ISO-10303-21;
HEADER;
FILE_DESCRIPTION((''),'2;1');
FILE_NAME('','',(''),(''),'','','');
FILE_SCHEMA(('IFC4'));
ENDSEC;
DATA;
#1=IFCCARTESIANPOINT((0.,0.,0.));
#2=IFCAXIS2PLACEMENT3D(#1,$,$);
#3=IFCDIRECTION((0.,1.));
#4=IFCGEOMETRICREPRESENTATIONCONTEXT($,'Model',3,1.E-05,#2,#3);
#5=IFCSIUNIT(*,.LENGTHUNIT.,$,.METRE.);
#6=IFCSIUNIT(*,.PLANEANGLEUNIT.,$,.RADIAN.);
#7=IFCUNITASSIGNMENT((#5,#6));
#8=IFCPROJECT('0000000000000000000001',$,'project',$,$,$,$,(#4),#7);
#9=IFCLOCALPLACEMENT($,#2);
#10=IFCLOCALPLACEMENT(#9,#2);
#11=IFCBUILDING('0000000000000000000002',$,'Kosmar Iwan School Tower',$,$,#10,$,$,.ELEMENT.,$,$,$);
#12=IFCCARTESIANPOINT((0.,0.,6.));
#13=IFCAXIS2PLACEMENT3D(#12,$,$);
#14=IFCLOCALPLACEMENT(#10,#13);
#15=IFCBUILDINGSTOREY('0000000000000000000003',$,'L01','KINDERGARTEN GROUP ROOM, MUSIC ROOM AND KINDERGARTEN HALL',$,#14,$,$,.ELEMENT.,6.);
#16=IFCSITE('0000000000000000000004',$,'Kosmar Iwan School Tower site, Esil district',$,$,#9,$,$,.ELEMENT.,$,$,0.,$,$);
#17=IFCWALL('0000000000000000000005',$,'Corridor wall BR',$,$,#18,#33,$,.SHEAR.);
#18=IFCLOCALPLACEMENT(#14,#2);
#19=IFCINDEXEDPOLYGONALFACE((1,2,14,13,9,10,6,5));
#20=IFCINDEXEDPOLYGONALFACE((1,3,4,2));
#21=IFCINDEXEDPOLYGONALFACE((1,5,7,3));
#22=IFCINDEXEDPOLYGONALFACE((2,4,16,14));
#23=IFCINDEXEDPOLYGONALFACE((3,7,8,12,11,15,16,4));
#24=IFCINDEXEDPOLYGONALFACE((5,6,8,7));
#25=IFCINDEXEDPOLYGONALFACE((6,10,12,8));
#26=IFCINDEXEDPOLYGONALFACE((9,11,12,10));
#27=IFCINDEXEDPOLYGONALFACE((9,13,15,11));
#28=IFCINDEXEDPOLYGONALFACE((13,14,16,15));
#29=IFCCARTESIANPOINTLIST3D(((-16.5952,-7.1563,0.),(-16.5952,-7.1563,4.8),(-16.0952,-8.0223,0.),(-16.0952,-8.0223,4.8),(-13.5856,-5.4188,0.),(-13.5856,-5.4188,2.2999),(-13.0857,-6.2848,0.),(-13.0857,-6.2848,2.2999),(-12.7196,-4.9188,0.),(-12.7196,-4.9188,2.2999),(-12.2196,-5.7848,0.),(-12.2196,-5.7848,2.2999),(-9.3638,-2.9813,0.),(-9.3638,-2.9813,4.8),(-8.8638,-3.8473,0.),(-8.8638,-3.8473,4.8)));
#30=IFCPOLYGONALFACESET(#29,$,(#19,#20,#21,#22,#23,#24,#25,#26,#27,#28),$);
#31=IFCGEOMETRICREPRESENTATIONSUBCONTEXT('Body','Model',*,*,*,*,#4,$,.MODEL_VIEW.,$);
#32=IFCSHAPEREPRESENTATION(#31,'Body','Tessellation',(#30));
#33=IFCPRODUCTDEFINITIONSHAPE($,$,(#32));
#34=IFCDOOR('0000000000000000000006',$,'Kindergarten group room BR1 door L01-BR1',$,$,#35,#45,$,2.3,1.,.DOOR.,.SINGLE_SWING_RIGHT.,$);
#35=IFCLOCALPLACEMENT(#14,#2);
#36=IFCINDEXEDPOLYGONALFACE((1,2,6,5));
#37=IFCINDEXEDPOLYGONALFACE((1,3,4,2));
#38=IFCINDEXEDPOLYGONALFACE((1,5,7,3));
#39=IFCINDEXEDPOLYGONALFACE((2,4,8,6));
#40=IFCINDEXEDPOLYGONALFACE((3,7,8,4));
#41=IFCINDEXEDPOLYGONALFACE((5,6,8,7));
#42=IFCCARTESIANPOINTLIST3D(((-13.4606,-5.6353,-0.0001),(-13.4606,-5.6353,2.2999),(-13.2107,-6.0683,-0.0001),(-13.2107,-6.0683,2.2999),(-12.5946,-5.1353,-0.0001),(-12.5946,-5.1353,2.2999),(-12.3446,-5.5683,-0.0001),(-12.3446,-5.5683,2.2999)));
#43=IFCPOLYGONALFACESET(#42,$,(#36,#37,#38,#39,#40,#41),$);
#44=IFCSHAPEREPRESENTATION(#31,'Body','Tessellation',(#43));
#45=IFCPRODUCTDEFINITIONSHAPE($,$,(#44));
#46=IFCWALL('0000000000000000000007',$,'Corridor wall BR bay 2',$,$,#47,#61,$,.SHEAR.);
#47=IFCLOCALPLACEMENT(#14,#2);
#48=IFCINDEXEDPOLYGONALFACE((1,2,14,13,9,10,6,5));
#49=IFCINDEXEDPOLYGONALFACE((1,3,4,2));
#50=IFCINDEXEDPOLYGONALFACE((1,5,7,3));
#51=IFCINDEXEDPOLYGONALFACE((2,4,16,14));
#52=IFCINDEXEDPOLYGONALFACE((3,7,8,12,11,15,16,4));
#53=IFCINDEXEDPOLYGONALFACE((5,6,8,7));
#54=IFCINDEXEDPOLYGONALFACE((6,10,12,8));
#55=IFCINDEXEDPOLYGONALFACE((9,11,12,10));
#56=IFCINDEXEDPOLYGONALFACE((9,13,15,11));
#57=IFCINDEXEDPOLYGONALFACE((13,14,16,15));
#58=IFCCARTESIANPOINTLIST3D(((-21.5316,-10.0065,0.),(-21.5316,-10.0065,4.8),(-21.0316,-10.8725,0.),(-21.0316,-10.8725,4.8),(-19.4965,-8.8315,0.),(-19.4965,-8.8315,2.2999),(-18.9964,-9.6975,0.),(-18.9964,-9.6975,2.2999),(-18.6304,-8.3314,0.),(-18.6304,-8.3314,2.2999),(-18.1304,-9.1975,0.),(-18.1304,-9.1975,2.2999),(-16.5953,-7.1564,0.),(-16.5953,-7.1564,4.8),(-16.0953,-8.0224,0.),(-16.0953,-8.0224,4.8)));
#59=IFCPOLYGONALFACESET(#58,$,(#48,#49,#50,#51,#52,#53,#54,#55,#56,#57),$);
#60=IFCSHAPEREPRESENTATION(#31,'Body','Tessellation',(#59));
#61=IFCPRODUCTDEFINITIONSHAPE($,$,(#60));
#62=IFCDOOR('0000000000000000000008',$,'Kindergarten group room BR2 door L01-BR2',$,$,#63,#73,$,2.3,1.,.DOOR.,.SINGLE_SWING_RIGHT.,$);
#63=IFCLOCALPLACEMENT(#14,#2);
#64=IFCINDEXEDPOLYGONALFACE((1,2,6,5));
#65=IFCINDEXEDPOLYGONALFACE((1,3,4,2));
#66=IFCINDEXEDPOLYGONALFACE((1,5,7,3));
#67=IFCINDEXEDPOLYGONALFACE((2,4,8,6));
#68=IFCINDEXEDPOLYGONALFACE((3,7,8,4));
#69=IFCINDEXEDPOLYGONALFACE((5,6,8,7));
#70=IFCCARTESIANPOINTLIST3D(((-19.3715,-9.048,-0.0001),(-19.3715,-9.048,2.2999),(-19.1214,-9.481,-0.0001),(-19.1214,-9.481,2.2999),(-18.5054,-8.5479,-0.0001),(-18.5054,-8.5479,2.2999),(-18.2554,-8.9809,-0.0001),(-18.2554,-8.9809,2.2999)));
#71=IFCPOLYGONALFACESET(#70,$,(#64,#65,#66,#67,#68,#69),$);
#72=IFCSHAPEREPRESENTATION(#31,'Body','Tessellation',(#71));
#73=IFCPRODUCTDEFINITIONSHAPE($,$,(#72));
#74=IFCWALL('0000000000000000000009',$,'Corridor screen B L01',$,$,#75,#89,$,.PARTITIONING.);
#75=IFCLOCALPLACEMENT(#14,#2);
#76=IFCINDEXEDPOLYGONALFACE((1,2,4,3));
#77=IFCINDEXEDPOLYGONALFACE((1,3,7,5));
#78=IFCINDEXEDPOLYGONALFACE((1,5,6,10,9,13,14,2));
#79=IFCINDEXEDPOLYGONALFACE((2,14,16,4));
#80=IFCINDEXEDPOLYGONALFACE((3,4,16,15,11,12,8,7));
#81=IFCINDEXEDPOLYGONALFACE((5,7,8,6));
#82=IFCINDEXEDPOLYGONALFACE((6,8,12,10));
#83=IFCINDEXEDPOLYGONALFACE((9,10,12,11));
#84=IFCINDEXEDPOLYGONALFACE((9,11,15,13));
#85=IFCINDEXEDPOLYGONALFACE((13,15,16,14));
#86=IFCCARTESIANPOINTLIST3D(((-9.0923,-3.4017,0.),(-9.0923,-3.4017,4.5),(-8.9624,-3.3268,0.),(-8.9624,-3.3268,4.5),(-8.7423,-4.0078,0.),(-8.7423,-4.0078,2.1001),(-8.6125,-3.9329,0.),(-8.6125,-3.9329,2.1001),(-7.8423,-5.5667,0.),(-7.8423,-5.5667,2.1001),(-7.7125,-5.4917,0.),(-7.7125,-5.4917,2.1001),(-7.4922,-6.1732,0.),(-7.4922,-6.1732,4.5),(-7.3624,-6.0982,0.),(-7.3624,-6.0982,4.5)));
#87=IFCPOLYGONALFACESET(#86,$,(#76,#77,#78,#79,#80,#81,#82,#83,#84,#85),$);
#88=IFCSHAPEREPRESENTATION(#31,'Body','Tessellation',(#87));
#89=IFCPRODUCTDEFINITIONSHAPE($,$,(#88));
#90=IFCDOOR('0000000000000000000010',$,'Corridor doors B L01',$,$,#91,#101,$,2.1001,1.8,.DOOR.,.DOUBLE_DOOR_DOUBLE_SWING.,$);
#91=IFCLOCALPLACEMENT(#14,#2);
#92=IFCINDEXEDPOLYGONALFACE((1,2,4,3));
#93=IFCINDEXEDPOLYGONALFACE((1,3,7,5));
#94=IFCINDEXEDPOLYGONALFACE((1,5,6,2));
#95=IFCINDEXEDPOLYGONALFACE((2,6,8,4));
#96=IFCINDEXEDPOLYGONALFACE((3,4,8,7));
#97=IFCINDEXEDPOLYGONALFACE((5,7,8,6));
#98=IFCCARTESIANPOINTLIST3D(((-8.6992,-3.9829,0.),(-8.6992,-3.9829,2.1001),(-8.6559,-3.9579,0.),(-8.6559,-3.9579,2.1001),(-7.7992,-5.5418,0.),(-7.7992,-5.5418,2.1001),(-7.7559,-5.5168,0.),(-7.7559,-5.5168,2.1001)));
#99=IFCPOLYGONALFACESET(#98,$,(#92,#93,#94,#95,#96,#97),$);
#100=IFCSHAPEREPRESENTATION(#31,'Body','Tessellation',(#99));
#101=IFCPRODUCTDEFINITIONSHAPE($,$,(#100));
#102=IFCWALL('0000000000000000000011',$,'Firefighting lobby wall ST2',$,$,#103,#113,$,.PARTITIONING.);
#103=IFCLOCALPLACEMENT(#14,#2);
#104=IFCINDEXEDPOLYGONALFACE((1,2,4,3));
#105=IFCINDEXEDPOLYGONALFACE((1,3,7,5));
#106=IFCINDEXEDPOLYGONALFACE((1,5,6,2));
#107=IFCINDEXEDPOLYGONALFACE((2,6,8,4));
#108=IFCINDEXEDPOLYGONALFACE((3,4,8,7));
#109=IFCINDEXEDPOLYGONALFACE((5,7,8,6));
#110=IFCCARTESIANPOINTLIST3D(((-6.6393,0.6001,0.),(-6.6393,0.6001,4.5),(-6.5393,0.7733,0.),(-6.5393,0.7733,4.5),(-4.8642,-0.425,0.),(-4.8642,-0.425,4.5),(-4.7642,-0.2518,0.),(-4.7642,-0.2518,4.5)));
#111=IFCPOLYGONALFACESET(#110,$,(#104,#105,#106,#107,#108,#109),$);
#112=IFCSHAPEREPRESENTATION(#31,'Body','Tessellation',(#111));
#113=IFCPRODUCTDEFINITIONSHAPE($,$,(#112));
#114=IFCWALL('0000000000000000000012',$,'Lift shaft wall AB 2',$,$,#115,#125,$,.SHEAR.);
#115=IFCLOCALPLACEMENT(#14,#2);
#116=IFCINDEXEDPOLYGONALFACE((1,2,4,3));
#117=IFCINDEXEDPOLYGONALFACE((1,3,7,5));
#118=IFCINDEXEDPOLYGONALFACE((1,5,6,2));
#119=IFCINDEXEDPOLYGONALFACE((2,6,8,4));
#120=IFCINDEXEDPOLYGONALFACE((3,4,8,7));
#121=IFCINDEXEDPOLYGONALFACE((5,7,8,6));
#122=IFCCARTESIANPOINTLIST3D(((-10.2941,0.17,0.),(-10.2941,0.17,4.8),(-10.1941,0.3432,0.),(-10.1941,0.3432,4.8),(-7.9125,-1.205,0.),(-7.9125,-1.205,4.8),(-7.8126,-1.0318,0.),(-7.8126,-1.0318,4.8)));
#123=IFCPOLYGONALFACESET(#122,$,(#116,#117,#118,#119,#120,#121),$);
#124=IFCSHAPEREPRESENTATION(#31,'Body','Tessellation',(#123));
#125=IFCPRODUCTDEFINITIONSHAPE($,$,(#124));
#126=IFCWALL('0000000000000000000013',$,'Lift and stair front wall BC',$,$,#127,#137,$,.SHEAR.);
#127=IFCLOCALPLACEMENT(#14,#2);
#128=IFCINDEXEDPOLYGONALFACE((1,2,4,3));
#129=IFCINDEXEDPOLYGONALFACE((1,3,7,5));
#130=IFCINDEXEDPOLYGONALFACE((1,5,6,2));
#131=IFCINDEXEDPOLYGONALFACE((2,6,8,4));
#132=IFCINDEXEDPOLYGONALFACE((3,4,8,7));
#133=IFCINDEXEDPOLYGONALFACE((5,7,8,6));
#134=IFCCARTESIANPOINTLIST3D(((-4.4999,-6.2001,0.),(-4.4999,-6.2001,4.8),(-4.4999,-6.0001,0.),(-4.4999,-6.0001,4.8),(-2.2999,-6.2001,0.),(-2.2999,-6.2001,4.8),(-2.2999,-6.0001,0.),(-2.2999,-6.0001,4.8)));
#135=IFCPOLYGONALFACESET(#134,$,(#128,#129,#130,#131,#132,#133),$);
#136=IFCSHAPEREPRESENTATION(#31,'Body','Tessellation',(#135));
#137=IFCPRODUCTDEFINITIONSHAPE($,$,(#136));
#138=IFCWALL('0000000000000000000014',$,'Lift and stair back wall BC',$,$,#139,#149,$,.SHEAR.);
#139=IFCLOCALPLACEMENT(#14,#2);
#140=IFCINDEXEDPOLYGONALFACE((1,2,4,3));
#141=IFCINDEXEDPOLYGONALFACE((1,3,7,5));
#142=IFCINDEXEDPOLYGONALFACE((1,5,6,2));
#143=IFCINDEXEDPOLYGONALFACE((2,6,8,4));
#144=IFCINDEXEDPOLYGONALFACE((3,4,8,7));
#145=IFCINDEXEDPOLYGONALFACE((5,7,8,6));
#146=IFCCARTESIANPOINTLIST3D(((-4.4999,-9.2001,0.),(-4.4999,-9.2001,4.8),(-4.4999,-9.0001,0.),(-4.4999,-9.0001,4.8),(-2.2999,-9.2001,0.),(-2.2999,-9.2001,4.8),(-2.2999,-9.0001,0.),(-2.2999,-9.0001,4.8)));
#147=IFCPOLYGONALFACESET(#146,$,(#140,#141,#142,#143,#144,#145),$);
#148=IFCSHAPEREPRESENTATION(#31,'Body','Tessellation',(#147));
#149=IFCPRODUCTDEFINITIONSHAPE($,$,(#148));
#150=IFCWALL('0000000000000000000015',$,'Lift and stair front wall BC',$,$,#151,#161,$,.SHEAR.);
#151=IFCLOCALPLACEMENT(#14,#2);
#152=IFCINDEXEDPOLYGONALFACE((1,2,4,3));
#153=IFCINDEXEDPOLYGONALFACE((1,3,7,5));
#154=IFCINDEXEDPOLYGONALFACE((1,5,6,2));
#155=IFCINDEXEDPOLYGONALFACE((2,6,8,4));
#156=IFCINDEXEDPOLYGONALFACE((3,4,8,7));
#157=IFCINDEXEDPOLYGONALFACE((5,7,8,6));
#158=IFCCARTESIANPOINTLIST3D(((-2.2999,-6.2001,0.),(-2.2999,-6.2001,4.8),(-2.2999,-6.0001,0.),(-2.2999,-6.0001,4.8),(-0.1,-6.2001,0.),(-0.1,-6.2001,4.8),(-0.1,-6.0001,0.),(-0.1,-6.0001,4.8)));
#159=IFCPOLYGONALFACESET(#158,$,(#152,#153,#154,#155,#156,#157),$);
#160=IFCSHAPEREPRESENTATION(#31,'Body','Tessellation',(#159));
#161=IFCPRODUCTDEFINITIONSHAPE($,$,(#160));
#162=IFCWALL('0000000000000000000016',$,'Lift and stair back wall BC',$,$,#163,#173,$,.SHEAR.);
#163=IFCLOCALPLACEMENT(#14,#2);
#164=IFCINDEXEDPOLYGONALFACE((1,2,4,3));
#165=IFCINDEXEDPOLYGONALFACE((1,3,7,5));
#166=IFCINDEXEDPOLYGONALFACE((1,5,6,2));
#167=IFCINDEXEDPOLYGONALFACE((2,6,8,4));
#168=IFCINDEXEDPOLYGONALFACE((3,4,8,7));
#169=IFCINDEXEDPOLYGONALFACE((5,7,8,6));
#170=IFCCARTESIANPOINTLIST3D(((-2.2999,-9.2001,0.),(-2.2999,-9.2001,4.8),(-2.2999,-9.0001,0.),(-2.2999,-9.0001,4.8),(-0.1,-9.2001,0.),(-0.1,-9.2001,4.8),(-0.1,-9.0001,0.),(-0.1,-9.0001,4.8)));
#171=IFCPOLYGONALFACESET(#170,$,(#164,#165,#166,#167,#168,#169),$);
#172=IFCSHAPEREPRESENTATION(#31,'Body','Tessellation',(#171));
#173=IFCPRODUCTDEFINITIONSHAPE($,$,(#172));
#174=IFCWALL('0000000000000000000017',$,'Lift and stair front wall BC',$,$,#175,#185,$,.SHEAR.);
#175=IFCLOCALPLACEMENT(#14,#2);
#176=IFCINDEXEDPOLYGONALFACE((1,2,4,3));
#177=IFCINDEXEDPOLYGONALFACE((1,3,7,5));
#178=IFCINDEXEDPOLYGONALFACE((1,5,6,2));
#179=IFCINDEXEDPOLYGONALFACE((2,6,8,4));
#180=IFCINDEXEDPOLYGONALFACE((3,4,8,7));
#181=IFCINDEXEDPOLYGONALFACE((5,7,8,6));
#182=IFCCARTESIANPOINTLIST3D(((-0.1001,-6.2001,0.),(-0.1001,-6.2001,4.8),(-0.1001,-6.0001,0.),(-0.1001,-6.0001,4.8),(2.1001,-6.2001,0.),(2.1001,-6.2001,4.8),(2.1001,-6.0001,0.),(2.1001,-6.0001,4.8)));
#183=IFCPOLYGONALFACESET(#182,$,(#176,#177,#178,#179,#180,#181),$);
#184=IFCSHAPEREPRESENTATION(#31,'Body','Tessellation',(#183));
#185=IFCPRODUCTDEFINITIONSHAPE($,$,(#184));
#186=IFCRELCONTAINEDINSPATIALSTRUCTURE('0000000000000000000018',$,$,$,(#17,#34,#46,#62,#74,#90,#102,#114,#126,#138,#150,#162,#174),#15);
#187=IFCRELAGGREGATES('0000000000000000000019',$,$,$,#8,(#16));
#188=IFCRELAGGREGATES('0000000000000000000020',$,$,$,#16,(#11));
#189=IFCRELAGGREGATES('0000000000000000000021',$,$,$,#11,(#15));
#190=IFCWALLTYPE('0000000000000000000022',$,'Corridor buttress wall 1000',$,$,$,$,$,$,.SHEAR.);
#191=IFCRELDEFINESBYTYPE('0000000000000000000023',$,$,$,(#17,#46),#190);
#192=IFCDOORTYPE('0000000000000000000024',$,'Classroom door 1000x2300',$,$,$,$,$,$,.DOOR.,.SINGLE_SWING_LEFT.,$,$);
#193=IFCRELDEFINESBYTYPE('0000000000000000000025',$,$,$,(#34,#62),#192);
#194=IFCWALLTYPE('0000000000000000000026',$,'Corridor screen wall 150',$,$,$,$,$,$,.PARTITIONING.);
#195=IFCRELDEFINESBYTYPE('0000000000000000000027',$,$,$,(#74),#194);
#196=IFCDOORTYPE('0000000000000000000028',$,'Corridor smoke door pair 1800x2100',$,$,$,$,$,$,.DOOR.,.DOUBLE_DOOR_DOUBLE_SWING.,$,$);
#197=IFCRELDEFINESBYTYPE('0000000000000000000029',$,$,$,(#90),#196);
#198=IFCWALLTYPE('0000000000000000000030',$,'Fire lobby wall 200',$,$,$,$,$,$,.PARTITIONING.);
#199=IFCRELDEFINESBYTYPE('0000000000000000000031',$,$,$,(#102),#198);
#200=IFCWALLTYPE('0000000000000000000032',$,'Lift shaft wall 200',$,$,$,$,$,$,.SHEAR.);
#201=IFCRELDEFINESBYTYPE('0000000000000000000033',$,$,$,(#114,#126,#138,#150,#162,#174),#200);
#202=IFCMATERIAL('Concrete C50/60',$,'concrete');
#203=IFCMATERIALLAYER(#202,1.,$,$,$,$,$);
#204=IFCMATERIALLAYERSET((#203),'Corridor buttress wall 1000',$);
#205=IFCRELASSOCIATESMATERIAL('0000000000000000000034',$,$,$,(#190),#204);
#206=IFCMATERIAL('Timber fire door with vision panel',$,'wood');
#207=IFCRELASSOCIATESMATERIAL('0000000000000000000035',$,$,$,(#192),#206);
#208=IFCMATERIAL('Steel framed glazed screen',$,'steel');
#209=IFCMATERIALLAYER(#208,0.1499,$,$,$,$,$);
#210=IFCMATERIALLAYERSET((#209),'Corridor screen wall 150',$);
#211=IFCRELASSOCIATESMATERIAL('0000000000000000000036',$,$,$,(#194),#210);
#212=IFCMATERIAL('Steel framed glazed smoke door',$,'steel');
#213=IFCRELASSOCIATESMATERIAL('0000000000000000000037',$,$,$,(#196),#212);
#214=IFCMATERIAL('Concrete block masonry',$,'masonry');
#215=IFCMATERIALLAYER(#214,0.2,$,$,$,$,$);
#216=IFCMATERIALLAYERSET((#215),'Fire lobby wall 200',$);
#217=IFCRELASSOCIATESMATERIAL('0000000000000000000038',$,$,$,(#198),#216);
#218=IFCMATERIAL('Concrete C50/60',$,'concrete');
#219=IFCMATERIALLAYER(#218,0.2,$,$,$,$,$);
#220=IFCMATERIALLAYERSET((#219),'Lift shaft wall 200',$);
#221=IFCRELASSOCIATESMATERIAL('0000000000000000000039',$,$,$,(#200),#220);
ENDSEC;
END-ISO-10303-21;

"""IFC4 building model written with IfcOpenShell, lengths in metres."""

from ifc_helpers import new_model, si_unit, direction, frame, frame_2d, origin, place, context, subcontext, project, spatial, rectangle, extrude, material, layer, layer_set, type_object, element, fill, save


model = new_model("IFC4")

# Units and contexts
model_context = context("Model", 3, precision=1e-05, world=origin(), true_north=direction((0.0, 1.0)))
body_context = subcontext(model_context, "Body", "Model", "MODEL_VIEW")
ifc_project = project(units=[si_unit("LENGTHUNIT", "METRE"), si_unit("PLANEANGLEUNIT", "RADIAN")], contexts=[model_context])

# Site, building, storey
site_placement = place(None, origin())
site = spatial("IfcSite", under=ifc_project, at=site_placement, Name="Kosmar Iwan School Tower site, Esil district", CompositionType="ELEMENT", RefElevation=0.0)
building_placement = place(site_placement, origin())
building = spatial("IfcBuilding", under=site, at=building_placement, Name="Kosmar Iwan School Tower", CompositionType="ELEMENT")
storey_placement = place(building_placement, frame((0.0, 0.0, 6.0)))
storey = spatial("IfcBuildingStorey", under=building, at=storey_placement, Name="L01", Description="KINDERGARTEN GROUP ROOM, MUSIC ROOM AND KINDERGARTEN HALL", CompositionType="ELEMENT", Elevation=6.0)

# Walls, openings, doors
ifc_material_1 = material(Name="Concrete C50/60", Category="concrete")
ifc_layer_1 = layer(ifc_material_1, 1.0)
ifc_layer_set_1 = layer_set([ifc_layer_1], Name="Corridor buttress wall 1000")
wall_type_1 = type_object("IfcWallType", Name="Corridor buttress wall 1000", PredefinedType="SHEAR", material=ifc_layer_set_1)
ifc_material_2 = material(Name="Timber fire door with vision panel", Category="wood")
door_type_1 = type_object("IfcDoorType", Name="Classroom door 1000x2300", OperationType="SINGLE_SWING_LEFT", PredefinedType="DOOR", material=ifc_material_2)
wall_1_placement = place(storey_placement, frame((-9.1138, -3.4143, 0.0), z_axis=(0.0, 0.0, 1.0), x_axis=(-0.866027, -0.499997, 0.0)))
wall_1 = element("IfcWall", 1, at=wall_1_placement, inside=storey, type_object=wall_type_1, Name="Corridor wall BR", PredefinedType="SHEAR", context=body_context, shape_type="SweptSolid", body=[
    extrude(rectangle(XDim=8.3501, YDim=1.0, at=frame_2d((4.175, 0.0))), origin(), (0.0, 0.0, 1.0), 4.8),
])
opening_1_placement = place(wall_1_placement, frame((3.875, 0.0, 0.0)))
opening_1 = element("IfcOpeningElement", 2, at=opening_1_placement, cuts=wall_1, PredefinedType="OPENING", context=body_context, shape_type="SweptSolid", body=[
    extrude(rectangle(XDim=1.0, YDim=2.3, at=frame_2d((0.5, 1.1499))), frame((0.0, 0.512, 0.0), z_axis=(0.0, -1.0, 0.0), x_axis=(1.0, 0.0, 0.0)), (0.0, 0.0, 1.0), 1.0239),
])
door_1_placement = place(opening_1_placement, origin())
door_1 = element("IfcDoor", 3, at=door_1_placement, inside=storey, type_object=door_type_1, Name="Kindergarten group room BR1 door L01-BR1", OperationType="SINGLE_SWING_RIGHT", OverallHeight=2.3, OverallWidth=1.0, PredefinedType="DOOR", context=body_context, shape_type="SweptSolid", body=[
    extrude(rectangle(XDim=1.0, YDim=2.3, at=frame_2d((0.5, 1.1499))), frame((0.0, 0.25, 0.0), z_axis=(0.0, -1.0, 0.0), x_axis=(1.0, 0.0, 0.0)), (0.0, 0.0, 1.0), 0.5),
])
fill(opening_1, door_1)
wall_2_placement = place(storey_placement, frame((-16.3452, -7.5894, 0.0), z_axis=(0.0, 0.0, 1.0), x_axis=(-0.866015, -0.500018, 0.0)))
wall_2 = element("IfcWall", 4, at=wall_2_placement, inside=storey, type_object=wall_type_1, Name="Corridor wall BR bay 2", PredefinedType="SHEAR", context=body_context, shape_type="SweptSolid", body=[
    extrude(rectangle(XDim=5.7, YDim=1.0, at=frame_2d((2.8501, 0.0))), origin(), (0.0, 0.0, 1.0), 4.8),
])
opening_2_placement = place(wall_2_placement, frame((2.3501, 0.0, 0.0)))
opening_2 = element("IfcOpeningElement", 5, at=opening_2_placement, cuts=wall_2, PredefinedType="OPENING", context=body_context, shape_type="SweptSolid", body=[
    extrude(rectangle(XDim=1.0, YDim=2.3, at=frame_2d((0.5, 1.1499))), frame((0.0, 0.512, 0.0), z_axis=(0.0, -1.0, 0.0), x_axis=(1.0, 0.0, 0.0)), (0.0, 0.0, 1.0), 1.0239),
])
door_2_placement = place(opening_2_placement, origin())
door_2 = element("IfcDoor", 6, at=door_2_placement, inside=storey, type_object=door_type_1, Name="Kindergarten group room BR2 door L01-BR2", OperationType="SINGLE_SWING_RIGHT", OverallHeight=2.3, OverallWidth=1.0, PredefinedType="DOOR", context=body_context, shape_type="SweptSolid", body=[
    extrude(rectangle(XDim=1.0, YDim=2.3, at=frame_2d((0.5, 1.1499))), frame((0.0, 0.25, 0.0), z_axis=(0.0, -1.0, 0.0), x_axis=(1.0, 0.0, 0.0)), (0.0, 0.0, 1.0), 0.5),
])
fill(opening_2, door_2)
ifc_material_3 = material(Name="Steel framed glazed screen", Category="steel")
ifc_layer_2 = layer(ifc_material_3, 0.1499)
ifc_layer_set_2 = layer_set([ifc_layer_2], Name="Corridor screen wall 150")
wall_type_2 = type_object("IfcWallType", Name="Corridor screen wall 150", PredefinedType="PARTITIONING", material=ifc_layer_set_2)
wall_3_placement = place(storey_placement, frame((-9.0273, -3.3643, 0.0), z_axis=(0.0, 0.0, 1.0), x_axis=(0.499995, -0.866028, 0.0)))
wall_3 = element("IfcWall", 7, at=wall_3_placement, inside=storey, type_object=wall_type_2, Name="Corridor screen B L01", PredefinedType="PARTITIONING", context=body_context, shape_type="SweptSolid", body=[
    extrude(rectangle(XDim=3.2002, YDim=0.1499, at=frame_2d((1.6001, 0.0))), origin(), (0.0, 0.0, 1.0), 4.5),
])
opening_3_placement = place(wall_3_placement, frame((0.7, 0.0, 0.0)))
opening_3 = element("IfcOpeningElement", 8, at=opening_3_placement, cuts=wall_3, PredefinedType="OPENING", context=body_context, shape_type="SweptSolid", body=[
    extrude(rectangle(XDim=1.8, YDim=2.1001, at=frame_2d((0.8999, 1.05))), frame((0.0, 0.0869, 0.0), z_axis=(0.0, -1.0, 0.0), x_axis=(1.0, 0.0, 0.0)), (0.0, 0.0, 1.0), 0.1738),
])
ifc_material_4 = material(Name="Steel framed glazed smoke door", Category="steel")
door_type_2 = type_object("IfcDoorType", Name="Corridor smoke door pair 1800x2100", OperationType="DOUBLE_DOOR_DOUBLE_SWING", PredefinedType="DOOR", material=ifc_material_4)
door_3_placement = place(opening_3_placement, origin())
door_3 = element("IfcDoor", 9, at=door_3_placement, inside=storey, type_object=door_type_2, Name="Corridor doors B L01", OperationType="DOUBLE_DOOR_DOUBLE_SWING", OverallHeight=2.1001, OverallWidth=1.8, PredefinedType="DOOR", context=body_context, shape_type="SweptSolid", body=[
    extrude(rectangle(XDim=1.8, YDim=2.1001, at=frame_2d((0.8999, 1.05))), frame((0.0, 0.0249, 0.0), z_axis=(0.0, -1.0, 0.0), x_axis=(1.0, 0.0, 0.0)), (0.0, 0.0, 1.0), 0.05),
])
fill(opening_3, door_3)

# Walls
ifc_material_5 = material(Name="Concrete block masonry", Category="masonry")
ifc_layer_3 = layer(ifc_material_5, 0.2)
ifc_layer_set_3 = layer_set([ifc_layer_3], Name="Fire lobby wall 200")
wall_type_3 = type_object("IfcWallType", Name="Fire lobby wall 200", PredefinedType="PARTITIONING", material=ifc_layer_set_3)
wall_4_placement = place(storey_placement, frame((-4.8142, -0.3384, 0.0), z_axis=(0.0, 0.0, 1.0), x_axis=(-0.865969, 0.500097, 0.0)))
element("IfcWall", 10, at=wall_4_placement, inside=storey, type_object=wall_type_3, Name="Firefighting lobby wall ST2", PredefinedType="PARTITIONING", context=body_context, shape_type="SweptSolid", body=[
    extrude(rectangle(XDim=2.0498, YDim=0.2, at=frame_2d((1.0249, 0.0))), origin(), (0.0, 0.0, 1.0), 4.5),
])
ifc_material_6 = material(Name="Concrete C50/60", Category="concrete")
ifc_layer_4 = layer(ifc_material_6, 0.2)
ifc_layer_set_4 = layer_set([ifc_layer_4], Name="Lift shaft wall 200")
wall_type_4 = type_object("IfcWallType", Name="Lift shaft wall 200", PredefinedType="SHEAR", material=ifc_layer_set_4)
wall_5_placement = place(storey_placement, frame((-7.8625, -1.1184, 0.0), z_axis=(0.0, 0.0, 1.0), x_axis=(-0.866027, 0.499997, 0.0)))
element("IfcWall", 11, at=wall_5_placement, inside=storey, type_object=wall_type_4, Name="Lift shaft wall AB 2", PredefinedType="SHEAR", context=body_context, shape_type="SweptSolid", body=[
    extrude(rectangle(XDim=2.75, YDim=0.2, at=frame_2d((1.375, 0.0))), origin(), (0.0, 0.0, 1.0), 4.8),
])
for number, where, z_axis, x_axis, name in (
    (12, (-4.5, -6.1001, 0.0), (0.0, 0.0, 1.0), (1.0, 0.0, 0.0), "Lift and stair front wall BC"),
    (13, (-4.5, -9.1001, 0.0), (0.0, 0.0, 1.0), (1.0, 0.0, 0.0), "Lift and stair back wall BC"),
    (14, (-2.3, -6.1001, 0.0), (0.0, 0.0, 1.0), (1.0, 0.0, 0.0), "Lift and stair front wall BC"),
    (15, (-2.3, -9.1001, 0.0), (0.0, 0.0, 1.0), (1.0, 0.0, 0.0), "Lift and stair back wall BC"),
):
    element("IfcWall", number, at=place(storey_placement, frame(where, z_axis=z_axis, x_axis=x_axis)), inside=storey, type_object=wall_type_4, Name=name, PredefinedType="SHEAR", context=body_context, shape_type="SweptSolid", body=[
        extrude(rectangle(XDim=2.2, YDim=0.2, at=frame_2d((1.1001, 0.0))), origin(), (0.0, 0.0, 1.0), 4.8),
    ])
for number, where, z_axis, x_axis, name in (
    (16, (-0.1001, -6.1001, 0.0), (0.0, 0.0, 1.0), (1.0, 0.0, 0.0), "Lift and stair front wall BC"),
):
    element("IfcWall", number, at=place(storey_placement, frame(where, z_axis=z_axis, x_axis=x_axis)), inside=storey, type_object=wall_type_4, Name=name, PredefinedType="SHEAR", context=body_context, shape_type="SweptSolid", body=[
        extrude(rectangle(XDim=2.2002, YDim=0.2, at=frame_2d((1.1001, 0.0))), origin(), (0.0, 0.0, 1.0), 4.8),
    ])

save(model, "model.ifc")
